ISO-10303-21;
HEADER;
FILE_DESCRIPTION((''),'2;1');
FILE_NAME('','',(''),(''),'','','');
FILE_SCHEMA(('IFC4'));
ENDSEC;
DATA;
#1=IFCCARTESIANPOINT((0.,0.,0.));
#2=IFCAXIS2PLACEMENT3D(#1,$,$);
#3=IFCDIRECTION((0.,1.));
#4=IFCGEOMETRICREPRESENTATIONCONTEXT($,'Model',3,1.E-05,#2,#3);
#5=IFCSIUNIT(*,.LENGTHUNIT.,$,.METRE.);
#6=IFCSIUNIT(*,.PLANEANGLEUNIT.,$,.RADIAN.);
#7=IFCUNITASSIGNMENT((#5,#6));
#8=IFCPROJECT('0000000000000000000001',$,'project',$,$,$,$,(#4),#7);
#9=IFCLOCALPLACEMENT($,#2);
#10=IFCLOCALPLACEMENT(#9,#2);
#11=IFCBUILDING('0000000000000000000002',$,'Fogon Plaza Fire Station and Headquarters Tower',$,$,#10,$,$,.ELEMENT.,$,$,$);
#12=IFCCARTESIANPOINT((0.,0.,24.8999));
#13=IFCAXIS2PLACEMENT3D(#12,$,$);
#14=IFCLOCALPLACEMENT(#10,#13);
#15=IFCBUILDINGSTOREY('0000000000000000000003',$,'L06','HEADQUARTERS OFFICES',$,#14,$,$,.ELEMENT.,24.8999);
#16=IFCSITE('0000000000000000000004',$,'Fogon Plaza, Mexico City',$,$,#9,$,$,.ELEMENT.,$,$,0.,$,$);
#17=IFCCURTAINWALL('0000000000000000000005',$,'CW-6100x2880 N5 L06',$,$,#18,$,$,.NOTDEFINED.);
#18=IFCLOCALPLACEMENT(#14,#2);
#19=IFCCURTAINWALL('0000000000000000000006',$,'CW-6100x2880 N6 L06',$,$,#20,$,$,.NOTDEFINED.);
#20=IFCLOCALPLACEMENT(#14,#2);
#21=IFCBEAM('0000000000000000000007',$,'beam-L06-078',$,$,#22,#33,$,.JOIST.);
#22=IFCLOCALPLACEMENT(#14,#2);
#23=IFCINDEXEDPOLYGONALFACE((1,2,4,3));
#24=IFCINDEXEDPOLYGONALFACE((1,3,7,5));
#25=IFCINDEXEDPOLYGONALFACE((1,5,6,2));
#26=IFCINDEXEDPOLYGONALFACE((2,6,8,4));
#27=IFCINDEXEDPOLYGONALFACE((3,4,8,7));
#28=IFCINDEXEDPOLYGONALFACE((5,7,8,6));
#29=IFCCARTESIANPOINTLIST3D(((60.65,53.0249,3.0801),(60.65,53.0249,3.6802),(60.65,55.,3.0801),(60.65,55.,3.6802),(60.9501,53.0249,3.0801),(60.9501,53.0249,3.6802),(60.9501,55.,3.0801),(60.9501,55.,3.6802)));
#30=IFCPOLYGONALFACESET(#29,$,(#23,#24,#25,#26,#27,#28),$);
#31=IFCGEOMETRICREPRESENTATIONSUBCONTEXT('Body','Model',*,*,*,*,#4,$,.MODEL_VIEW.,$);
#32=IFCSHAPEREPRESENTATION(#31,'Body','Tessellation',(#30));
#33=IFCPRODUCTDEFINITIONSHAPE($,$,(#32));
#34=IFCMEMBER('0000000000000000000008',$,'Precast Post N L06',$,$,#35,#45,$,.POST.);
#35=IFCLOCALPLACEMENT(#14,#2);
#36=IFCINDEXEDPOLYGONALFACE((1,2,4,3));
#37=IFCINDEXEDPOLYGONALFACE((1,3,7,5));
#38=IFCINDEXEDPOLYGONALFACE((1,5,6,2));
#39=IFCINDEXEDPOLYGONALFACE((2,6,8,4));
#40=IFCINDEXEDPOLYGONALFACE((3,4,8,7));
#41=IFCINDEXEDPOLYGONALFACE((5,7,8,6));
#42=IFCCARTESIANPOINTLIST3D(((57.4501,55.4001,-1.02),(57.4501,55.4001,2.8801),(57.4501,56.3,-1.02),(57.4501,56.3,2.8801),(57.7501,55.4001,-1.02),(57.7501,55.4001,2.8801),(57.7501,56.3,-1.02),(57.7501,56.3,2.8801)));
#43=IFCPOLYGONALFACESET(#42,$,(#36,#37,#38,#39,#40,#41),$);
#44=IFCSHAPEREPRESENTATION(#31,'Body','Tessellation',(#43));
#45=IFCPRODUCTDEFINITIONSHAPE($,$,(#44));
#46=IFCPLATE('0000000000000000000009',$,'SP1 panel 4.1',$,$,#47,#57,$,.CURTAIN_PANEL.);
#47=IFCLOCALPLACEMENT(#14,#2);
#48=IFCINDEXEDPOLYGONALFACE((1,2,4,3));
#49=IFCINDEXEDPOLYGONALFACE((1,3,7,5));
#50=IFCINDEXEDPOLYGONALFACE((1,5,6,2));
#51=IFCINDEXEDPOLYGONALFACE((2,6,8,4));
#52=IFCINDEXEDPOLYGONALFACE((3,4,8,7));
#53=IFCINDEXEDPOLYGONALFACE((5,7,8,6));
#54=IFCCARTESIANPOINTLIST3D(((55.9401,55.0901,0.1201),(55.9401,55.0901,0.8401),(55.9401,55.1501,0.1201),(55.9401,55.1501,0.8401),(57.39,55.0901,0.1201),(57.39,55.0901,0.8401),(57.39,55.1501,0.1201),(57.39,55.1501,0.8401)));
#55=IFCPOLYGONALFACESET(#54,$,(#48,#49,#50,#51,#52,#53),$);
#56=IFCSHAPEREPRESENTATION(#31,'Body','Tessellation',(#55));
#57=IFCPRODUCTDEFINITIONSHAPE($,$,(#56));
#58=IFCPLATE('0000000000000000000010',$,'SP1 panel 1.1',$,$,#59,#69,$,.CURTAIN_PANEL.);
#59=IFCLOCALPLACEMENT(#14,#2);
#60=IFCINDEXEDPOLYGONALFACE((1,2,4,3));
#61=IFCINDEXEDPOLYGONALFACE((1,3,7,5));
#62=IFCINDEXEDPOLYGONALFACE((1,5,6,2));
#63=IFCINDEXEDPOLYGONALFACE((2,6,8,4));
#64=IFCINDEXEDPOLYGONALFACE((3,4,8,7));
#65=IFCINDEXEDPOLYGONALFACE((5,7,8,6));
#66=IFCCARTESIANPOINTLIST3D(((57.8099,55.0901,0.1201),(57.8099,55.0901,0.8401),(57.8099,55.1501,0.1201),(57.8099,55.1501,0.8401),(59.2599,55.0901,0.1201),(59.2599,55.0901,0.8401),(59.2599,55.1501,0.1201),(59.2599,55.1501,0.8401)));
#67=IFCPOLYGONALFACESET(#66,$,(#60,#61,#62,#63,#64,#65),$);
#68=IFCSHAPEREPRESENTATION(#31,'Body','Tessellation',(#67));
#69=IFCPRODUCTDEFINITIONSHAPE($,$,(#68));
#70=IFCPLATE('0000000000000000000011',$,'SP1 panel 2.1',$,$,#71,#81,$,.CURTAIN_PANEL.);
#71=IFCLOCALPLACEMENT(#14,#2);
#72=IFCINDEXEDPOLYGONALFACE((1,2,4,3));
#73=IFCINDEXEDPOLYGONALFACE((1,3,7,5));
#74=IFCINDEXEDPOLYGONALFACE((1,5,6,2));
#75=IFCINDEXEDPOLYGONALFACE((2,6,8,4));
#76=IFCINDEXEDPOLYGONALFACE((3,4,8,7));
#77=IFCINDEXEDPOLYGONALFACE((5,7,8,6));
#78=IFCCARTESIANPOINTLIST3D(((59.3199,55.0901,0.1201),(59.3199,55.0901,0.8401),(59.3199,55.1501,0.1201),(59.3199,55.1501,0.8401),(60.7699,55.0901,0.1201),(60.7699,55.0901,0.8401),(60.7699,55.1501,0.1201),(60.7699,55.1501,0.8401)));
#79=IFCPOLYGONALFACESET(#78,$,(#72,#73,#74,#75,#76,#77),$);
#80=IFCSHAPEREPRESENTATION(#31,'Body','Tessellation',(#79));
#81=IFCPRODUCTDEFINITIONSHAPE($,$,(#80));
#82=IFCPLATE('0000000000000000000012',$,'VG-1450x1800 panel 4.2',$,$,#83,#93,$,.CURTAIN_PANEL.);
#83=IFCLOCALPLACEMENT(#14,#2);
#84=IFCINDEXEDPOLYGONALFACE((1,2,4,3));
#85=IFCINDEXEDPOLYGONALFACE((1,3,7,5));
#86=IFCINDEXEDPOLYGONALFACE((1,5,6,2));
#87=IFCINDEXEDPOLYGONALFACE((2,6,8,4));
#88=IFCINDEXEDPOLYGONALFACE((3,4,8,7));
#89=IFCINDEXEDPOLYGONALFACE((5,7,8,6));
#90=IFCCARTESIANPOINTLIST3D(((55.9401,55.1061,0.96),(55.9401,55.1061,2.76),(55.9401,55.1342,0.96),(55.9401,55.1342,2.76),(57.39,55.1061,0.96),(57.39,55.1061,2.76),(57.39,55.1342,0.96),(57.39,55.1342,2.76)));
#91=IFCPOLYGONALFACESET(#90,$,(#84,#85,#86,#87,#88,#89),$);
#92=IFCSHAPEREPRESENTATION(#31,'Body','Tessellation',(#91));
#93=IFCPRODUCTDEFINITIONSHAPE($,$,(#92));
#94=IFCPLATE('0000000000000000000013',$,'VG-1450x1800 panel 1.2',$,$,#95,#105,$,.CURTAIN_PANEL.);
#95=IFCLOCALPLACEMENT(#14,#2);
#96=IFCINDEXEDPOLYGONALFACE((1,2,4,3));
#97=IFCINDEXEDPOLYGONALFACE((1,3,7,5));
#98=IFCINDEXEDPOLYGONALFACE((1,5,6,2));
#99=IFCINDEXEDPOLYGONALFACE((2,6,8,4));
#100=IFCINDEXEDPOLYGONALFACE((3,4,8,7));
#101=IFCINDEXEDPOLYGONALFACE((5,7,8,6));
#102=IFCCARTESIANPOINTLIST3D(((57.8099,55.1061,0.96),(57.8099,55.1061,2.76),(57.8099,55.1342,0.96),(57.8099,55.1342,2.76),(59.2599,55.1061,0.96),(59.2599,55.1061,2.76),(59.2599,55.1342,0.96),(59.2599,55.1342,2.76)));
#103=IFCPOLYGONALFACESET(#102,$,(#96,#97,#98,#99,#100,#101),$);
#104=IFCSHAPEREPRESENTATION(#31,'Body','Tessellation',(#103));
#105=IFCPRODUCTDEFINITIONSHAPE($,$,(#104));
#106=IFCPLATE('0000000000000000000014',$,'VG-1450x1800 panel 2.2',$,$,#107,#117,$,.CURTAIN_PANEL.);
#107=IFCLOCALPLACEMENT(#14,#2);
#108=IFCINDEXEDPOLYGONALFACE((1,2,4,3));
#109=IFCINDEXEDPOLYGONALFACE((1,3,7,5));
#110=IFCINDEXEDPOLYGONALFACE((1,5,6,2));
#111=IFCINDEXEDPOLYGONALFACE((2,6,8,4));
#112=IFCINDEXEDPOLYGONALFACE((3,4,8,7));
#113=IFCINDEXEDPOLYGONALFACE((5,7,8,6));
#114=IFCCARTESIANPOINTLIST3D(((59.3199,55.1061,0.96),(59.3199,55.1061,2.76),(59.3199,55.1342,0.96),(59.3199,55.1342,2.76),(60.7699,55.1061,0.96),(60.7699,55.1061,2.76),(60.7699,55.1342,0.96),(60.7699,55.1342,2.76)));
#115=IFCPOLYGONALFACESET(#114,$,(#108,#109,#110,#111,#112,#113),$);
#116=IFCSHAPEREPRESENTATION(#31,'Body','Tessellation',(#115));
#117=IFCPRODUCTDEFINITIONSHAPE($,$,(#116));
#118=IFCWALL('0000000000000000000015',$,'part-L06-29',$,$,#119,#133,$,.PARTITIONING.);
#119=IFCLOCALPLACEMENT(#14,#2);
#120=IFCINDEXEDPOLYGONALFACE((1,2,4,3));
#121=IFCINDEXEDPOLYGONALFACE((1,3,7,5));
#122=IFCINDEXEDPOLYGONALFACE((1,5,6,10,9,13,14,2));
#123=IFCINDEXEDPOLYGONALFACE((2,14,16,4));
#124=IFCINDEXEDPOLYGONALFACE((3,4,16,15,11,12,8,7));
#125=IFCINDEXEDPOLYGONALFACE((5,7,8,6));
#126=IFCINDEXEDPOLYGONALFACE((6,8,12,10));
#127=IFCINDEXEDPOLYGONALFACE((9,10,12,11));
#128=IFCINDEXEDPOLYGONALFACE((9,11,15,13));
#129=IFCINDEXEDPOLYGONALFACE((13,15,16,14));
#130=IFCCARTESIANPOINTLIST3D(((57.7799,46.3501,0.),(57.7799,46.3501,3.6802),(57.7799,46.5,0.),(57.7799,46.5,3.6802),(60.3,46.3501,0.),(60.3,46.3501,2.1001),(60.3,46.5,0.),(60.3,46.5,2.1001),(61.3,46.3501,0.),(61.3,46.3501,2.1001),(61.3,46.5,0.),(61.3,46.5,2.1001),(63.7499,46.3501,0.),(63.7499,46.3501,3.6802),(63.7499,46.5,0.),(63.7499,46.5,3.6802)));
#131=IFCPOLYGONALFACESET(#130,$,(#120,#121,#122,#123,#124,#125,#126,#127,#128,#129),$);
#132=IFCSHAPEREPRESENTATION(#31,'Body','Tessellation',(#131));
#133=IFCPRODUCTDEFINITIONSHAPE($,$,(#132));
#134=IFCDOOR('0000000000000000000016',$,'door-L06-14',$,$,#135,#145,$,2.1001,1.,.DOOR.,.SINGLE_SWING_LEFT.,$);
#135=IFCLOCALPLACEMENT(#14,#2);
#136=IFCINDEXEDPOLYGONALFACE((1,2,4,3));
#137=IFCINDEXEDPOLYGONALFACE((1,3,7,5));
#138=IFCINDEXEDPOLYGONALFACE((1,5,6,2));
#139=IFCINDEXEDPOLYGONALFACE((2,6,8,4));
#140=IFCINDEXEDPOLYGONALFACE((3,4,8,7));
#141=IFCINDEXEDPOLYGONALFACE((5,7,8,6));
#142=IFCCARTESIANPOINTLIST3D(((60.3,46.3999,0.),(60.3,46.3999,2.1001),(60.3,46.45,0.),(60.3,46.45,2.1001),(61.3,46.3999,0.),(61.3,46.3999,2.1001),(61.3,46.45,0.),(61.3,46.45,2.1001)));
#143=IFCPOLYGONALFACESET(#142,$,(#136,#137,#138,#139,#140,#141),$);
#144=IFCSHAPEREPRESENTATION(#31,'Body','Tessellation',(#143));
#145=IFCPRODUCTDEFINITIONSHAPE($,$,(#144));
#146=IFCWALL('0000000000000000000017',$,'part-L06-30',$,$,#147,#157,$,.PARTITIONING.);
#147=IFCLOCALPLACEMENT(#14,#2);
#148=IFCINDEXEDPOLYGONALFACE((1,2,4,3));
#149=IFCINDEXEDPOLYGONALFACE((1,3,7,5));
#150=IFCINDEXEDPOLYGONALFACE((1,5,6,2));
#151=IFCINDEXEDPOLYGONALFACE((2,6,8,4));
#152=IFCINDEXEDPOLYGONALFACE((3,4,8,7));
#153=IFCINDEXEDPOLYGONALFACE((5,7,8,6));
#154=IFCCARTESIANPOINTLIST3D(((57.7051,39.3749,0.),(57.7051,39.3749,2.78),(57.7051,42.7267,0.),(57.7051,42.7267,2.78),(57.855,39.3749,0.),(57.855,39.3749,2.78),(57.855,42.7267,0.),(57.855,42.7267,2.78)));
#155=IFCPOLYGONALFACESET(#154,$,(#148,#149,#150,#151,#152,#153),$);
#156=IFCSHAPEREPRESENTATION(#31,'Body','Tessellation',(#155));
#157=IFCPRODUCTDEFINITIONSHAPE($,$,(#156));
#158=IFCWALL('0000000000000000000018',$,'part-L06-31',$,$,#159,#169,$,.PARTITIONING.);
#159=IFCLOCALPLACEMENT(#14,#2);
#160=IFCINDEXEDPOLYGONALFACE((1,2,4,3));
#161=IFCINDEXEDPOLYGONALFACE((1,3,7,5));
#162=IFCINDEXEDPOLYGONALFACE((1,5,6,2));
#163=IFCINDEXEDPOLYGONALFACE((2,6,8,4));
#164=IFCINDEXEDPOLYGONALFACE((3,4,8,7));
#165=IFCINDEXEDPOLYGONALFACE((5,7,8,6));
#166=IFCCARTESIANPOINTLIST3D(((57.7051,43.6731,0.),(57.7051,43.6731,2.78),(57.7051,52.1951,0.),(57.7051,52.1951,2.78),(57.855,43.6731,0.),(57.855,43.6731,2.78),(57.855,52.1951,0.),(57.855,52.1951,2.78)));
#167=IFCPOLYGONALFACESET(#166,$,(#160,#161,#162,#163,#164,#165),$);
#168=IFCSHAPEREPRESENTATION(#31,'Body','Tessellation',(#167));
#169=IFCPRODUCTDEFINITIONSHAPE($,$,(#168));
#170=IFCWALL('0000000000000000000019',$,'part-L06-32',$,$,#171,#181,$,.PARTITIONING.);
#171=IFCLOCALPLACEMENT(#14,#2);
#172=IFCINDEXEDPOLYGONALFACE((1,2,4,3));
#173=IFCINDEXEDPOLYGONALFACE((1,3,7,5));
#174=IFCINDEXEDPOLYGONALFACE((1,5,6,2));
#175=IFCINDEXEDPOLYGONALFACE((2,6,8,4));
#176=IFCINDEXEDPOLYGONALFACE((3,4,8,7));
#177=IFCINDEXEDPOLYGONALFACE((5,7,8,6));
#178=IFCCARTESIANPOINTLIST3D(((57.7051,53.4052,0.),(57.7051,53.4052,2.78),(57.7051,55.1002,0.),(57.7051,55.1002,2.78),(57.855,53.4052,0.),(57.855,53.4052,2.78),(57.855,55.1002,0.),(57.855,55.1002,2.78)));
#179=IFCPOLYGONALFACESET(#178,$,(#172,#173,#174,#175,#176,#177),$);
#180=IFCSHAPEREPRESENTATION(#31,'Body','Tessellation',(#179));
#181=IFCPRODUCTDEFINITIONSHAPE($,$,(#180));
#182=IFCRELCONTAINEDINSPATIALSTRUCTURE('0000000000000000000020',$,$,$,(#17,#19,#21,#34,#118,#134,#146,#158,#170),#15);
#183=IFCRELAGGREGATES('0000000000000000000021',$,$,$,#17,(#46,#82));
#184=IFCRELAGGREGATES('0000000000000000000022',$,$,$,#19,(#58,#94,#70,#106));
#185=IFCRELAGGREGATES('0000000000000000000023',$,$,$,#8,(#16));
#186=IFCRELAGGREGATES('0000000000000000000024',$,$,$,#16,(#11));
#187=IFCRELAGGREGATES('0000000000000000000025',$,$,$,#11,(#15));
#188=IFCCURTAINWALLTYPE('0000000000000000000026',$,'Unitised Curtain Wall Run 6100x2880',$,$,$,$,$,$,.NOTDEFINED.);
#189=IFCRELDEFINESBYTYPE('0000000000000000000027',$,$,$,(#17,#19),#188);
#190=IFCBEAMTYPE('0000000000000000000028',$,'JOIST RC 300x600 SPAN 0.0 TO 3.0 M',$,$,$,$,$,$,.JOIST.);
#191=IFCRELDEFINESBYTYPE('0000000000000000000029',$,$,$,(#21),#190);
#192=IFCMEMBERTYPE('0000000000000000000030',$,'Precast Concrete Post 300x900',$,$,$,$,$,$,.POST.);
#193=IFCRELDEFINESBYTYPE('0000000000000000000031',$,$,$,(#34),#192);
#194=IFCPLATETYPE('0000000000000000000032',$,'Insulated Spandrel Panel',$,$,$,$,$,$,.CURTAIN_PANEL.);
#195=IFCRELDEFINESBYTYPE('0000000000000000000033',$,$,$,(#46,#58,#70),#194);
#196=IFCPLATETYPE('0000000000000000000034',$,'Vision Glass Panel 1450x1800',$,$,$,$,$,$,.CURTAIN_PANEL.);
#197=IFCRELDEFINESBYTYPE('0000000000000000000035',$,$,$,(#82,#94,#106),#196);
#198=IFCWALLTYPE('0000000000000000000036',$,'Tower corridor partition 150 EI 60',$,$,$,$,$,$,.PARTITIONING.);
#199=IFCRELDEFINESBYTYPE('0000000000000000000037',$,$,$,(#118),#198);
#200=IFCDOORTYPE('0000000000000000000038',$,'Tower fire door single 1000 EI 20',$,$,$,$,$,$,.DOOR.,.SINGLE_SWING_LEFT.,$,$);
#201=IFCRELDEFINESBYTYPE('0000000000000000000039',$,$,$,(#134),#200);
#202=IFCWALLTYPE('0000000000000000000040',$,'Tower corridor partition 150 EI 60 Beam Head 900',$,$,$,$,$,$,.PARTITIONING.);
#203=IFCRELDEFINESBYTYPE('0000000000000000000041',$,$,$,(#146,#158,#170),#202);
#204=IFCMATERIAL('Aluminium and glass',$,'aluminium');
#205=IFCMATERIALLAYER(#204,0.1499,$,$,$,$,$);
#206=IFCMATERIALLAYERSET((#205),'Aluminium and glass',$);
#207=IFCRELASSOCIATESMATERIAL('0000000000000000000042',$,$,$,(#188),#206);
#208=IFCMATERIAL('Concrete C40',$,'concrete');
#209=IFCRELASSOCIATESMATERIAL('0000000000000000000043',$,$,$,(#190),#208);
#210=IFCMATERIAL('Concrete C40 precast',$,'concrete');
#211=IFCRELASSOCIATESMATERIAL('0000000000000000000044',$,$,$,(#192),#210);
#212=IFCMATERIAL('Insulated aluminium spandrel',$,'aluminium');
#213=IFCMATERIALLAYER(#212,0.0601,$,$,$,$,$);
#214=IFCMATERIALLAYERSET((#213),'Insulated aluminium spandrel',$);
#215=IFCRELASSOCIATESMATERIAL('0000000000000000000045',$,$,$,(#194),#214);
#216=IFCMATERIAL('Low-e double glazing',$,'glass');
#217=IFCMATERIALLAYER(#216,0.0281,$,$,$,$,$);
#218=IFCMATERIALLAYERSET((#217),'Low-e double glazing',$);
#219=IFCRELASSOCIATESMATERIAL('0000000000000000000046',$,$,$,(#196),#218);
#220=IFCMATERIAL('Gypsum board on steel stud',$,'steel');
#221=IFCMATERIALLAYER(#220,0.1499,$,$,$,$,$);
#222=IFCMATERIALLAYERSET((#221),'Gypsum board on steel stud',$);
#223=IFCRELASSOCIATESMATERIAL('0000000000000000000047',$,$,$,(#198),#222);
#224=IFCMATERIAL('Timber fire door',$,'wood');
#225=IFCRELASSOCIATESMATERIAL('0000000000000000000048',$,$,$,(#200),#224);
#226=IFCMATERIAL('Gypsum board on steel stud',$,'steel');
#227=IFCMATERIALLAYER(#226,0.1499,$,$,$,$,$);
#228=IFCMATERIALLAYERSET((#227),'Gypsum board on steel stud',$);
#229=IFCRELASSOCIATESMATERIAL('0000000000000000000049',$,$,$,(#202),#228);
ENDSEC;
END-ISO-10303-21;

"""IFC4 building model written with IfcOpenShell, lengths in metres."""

from ifc_helpers import new_model, si_unit, direction, frame, frame_2d, origin, origin_2d, place, context, subcontext, project, spatial, rectangle, extrude, material, layer, layer_set, material_profile, profile_set, type_object, element, fill, aggregate, save


model = new_model("IFC4")

# Units and contexts
model_context = context("Model", 3, precision=1e-05, world=origin(), true_north=direction((0.0, 1.0)))
body_context = subcontext(model_context, "Body", "Model", "MODEL_VIEW")
ifc_project = project(units=[si_unit("LENGTHUNIT", "METRE"), si_unit("PLANEANGLEUNIT", "RADIAN")], contexts=[model_context])

# Site, building, storey
site_placement = place(None, origin())
site = spatial("IfcSite", under=ifc_project, at=site_placement, Name="Fogon Plaza, Mexico City", CompositionType="ELEMENT", RefElevation=0.0)
building_placement = place(site_placement, origin())
building = spatial("IfcBuilding", under=site, at=building_placement, Name="Fogon Plaza Fire Station and Headquarters Tower", CompositionType="ELEMENT")
storey_placement = place(building_placement, frame((0.0, 0.0, 24.8999)))
storey = spatial("IfcBuildingStorey", under=building, at=storey_placement, Name="L06", Description="HEADQUARTERS OFFICES", CompositionType="ELEMENT", Elevation=24.8999)

# Curtain walls
ifc_material_1 = material(Name="Aluminium and glass", Category="aluminium")
ifc_layer_1 = layer(ifc_material_1, 0.1499)
ifc_layer_set_1 = layer_set([ifc_layer_1], Name="Aluminium and glass")
curtain_wall_type = type_object("IfcCurtainWallType", Name="Unitised Curtain Wall Run 6100x2880", PredefinedType="NOTDEFINED", material=ifc_layer_set_1)
curtain_wall_1_placement = place(storey_placement, origin())
curtain_wall_1 = element("IfcCurtainWall", 1, at=curtain_wall_1_placement, inside=storey, type_object=curtain_wall_type, Name="CW-6100x2880 N5 L06", PredefinedType="NOTDEFINED")
curtain_wall_2_placement = place(storey_placement, origin())
curtain_wall_2 = element("IfcCurtainWall", 2, at=curtain_wall_2_placement, inside=storey, type_object=curtain_wall_type, Name="CW-6100x2880 N6 L06", PredefinedType="NOTDEFINED")

# Beam
ifc_material_2 = material(Name="Concrete C40", Category="concrete")
ifc_material_profile_1 = material_profile(ifc_material_2, rectangle(XDim=0.3, YDim=0.6001, at=origin_2d()), Name="RC 300x600")
ifc_profile_set_1 = profile_set([ifc_material_profile_1], Name="Concrete C40")
beam_type_1 = type_object("IfcBeamType", Name="JOIST RC 300x600 SPAN 0.0 TO 3.0 M", PredefinedType="JOIST", material=ifc_profile_set_1)
beam_1_placement = place(storey_placement, frame((60.8, 53.0249, 3.3801), z_axis=(0.0, 1.0, 0.0), x_axis=(-1.0, 0.0, 0.0)))
element("IfcBeam", 3, at=beam_1_placement, inside=storey, type_object=beam_type_1, Name="beam-L06-078", PredefinedType="JOIST", context=body_context, shape_type="SweptSolid", body=[
    extrude(rectangle(XDim=0.3, YDim=0.6001, at=origin_2d()), origin(), (0.0, 0.0, 1.0), 1.9751),
])

# Member
ifc_material_3 = material(Name="Concrete C40 precast", Category="concrete")
ifc_material_profile_2 = material_profile(ifc_material_3, rectangle(XDim=0.3, YDim=0.8999, at=origin_2d()), Name="Precast Concrete Post 300x900")
ifc_profile_set_2 = profile_set([ifc_material_profile_2], Name="Concrete C40 precast")
member_type_1 = type_object("IfcMemberType", Name="Precast Concrete Post 300x900", PredefinedType="POST", material=ifc_profile_set_2)
member_1_placement = place(storey_placement, frame((57.6001, 55.8501, -1.02), z_axis=(0.0, 0.0, 1.0), x_axis=(1.0, 0.0, 0.0)))
element("IfcMember", 4, at=member_1_placement, inside=storey, type_object=member_type_1, Name="Precast Post N L06", PredefinedType="POST", context=body_context, shape_type="SweptSolid", body=[
    extrude(rectangle(XDim=0.3, YDim=0.8999, at=origin_2d()), origin(), (0.0, 0.0, 1.0), 3.9001),
])

# Plates
ifc_material_4 = material(Name="Insulated aluminium spandrel", Category="aluminium")
ifc_layer_2 = layer(ifc_material_4, 0.0601)
ifc_layer_set_2 = layer_set([ifc_layer_2], Name="Insulated aluminium spandrel")
plate_type_1 = type_object("IfcPlateType", Name="Insulated Spandrel Panel", PredefinedType="CURTAIN_PANEL", material=ifc_layer_set_2)
plate_1_placement = place(storey_placement, frame((56.665, 55.1201, 0.1201), z_axis=(0.0, 0.0, 1.0), x_axis=(1.0, 0.0, 0.0)))
plate_1 = element("IfcPlate", 5, at=plate_1_placement, type_object=plate_type_1, Name="SP1 panel 4.1", PredefinedType="CURTAIN_PANEL", context=body_context, shape_type="SweptSolid", body=[
    extrude(rectangle(XDim=1.45, YDim=0.0601, at=origin_2d()), origin(), (0.0, 0.0, 1.0), 0.72),
])
plate_2_placement = place(storey_placement, frame((58.5349, 55.1201, 0.1201), z_axis=(0.0, 0.0, 1.0), x_axis=(1.0, 0.0, 0.0)))
plate_2 = element("IfcPlate", 6, at=plate_2_placement, type_object=plate_type_1, Name="SP1 panel 1.1", PredefinedType="CURTAIN_PANEL", context=body_context, shape_type="SweptSolid", body=[
    extrude(rectangle(XDim=1.45, YDim=0.0601, at=origin_2d()), origin(), (0.0, 0.0, 1.0), 0.72),
])
plate_3_placement = place(storey_placement, frame((60.0449, 55.1201, 0.1201), z_axis=(0.0, 0.0, 1.0), x_axis=(1.0, 0.0, 0.0)))
plate_3 = element("IfcPlate", 7, at=plate_3_placement, type_object=plate_type_1, Name="SP1 panel 2.1", PredefinedType="CURTAIN_PANEL", context=body_context, shape_type="SweptSolid", body=[
    extrude(rectangle(XDim=1.45, YDim=0.0601, at=origin_2d()), origin(), (0.0, 0.0, 1.0), 0.72),
])
ifc_material_5 = material(Name="Low-e double glazing", Category="glass")
ifc_layer_3 = layer(ifc_material_5, 0.0281)
ifc_layer_set_3 = layer_set([ifc_layer_3], Name="Low-e double glazing")
plate_type_2 = type_object("IfcPlateType", Name="Vision Glass Panel 1450x1800", PredefinedType="CURTAIN_PANEL", material=ifc_layer_set_3)
plate_4_placement = place(storey_placement, frame((56.665, 55.1201, 0.96), z_axis=(0.0, 0.0, 1.0), x_axis=(1.0, 0.0, 0.0)))
plate_4 = element("IfcPlate", 8, at=plate_4_placement, type_object=plate_type_2, Name="VG-1450x1800 panel 4.2", PredefinedType="CURTAIN_PANEL", context=body_context, shape_type="SweptSolid", body=[
    extrude(rectangle(XDim=1.45, YDim=0.0281, at=origin_2d()), origin(), (0.0, 0.0, 1.0), 1.8),
])
aggregate(curtain_wall_1, [plate_1, plate_4])
plate_5_placement = place(storey_placement, frame((58.5349, 55.1201, 0.96), z_axis=(0.0, 0.0, 1.0), x_axis=(1.0, 0.0, 0.0)))
plate_5 = element("IfcPlate", 9, at=plate_5_placement, type_object=plate_type_2, Name="VG-1450x1800 panel 1.2", PredefinedType="CURTAIN_PANEL", context=body_context, shape_type="SweptSolid", body=[
    extrude(rectangle(XDim=1.45, YDim=0.0281, at=origin_2d()), origin(), (0.0, 0.0, 1.0), 1.8),
])
plate_6_placement = place(storey_placement, frame((60.0449, 55.1201, 0.96), z_axis=(0.0, 0.0, 1.0), x_axis=(1.0, 0.0, 0.0)))
plate_6 = element("IfcPlate", 10, at=plate_6_placement, type_object=plate_type_2, Name="VG-1450x1800 panel 2.2", PredefinedType="CURTAIN_PANEL", context=body_context, shape_type="SweptSolid", body=[
    extrude(rectangle(XDim=1.45, YDim=0.0281, at=origin_2d()), origin(), (0.0, 0.0, 1.0), 1.8),
])
aggregate(curtain_wall_2, [plate_2, plate_5, plate_3, plate_6])

# Wall, opening, door
ifc_material_6 = material(Name="Gypsum board on steel stud", Category="steel")
ifc_layer_4 = layer(ifc_material_6, 0.1499)
ifc_layer_set_4 = layer_set([ifc_layer_4], Name="Gypsum board on steel stud")
wall_type_1 = type_object("IfcWallType", Name="Tower corridor partition 150 EI 60", PredefinedType="PARTITIONING", material=ifc_layer_set_4)
wall_1_placement = place(storey_placement, frame((57.78, 46.425, 0.0), z_axis=(0.0, 0.0, 1.0), x_axis=(1.0, 0.0, 0.0)))
wall_1 = element("IfcWall", 11, at=wall_1_placement, inside=storey, type_object=wall_type_1, Name="part-L06-29", PredefinedType="PARTITIONING", context=body_context, shape_type="SweptSolid", body=[
    extrude(rectangle(XDim=5.97, YDim=0.1499, at=frame_2d((2.9849, 0.0))), origin(), (0.0, 0.0, 1.0), 3.6802),
])
opening_placement = place(wall_1_placement, frame((2.52, 0.0, 0.0)))
opening = element("IfcOpeningElement", 12, at=opening_placement, cuts=wall_1, PredefinedType="OPENING", context=body_context, shape_type="SweptSolid", body=[
    extrude(rectangle(XDim=1.0, YDim=2.1001, at=frame_2d((0.5, 1.05))), frame((0.0, 0.085, 0.0), z_axis=(0.0, -1.0, 0.0), x_axis=(1.0, 0.0, 0.0)), (0.0, 0.0, 1.0), 0.1699),
])
ifc_material_7 = material(Name="Timber fire door", Category="wood")
door_type = type_object("IfcDoorType", Name="Tower fire door single 1000 EI 20", OperationType="SINGLE_SWING_LEFT", PredefinedType="DOOR", material=ifc_material_7)
door_placement = place(opening_placement, origin())
door = element("IfcDoor", 13, at=door_placement, inside=storey, type_object=door_type, Name="door-L06-14", OperationType="SINGLE_SWING_LEFT", OverallHeight=2.1001, OverallWidth=1.0, PredefinedType="DOOR", context=body_context, shape_type="SweptSolid", body=[
    extrude(rectangle(XDim=1.0, YDim=2.1001, at=frame_2d((0.5, 1.05))), frame((0.0, 0.0249, 0.0), z_axis=(0.0, -1.0, 0.0), x_axis=(1.0, 0.0, 0.0)), (0.0, 0.0, 1.0), 0.05),
])
fill(opening, door)

# Walls
ifc_material_8 = material(Name="Gypsum board on steel stud", Category="steel")
ifc_layer_5 = layer(ifc_material_8, 0.1499)
ifc_layer_set_5 = layer_set([ifc_layer_5], Name="Gypsum board on steel stud")
wall_type_2 = type_object("IfcWallType", Name="Tower corridor partition 150 EI 60 Beam Head 900", PredefinedType="PARTITIONING", material=ifc_layer_set_5)
wall_2_placement = place(storey_placement, frame((57.78, 39.375, 0.0), z_axis=(0.0, 0.0, 1.0), x_axis=(0.0, 1.0, 0.0)))
element("IfcWall", 14, at=wall_2_placement, inside=storey, type_object=wall_type_2, Name="part-L06-30", PredefinedType="PARTITIONING", context=body_context, shape_type="SweptSolid", body=[
    extrude(rectangle(XDim=3.3518, YDim=0.1499, at=frame_2d((1.6758, 0.0))), origin(), (0.0, 0.0, 1.0), 2.78),
])
wall_3_placement = place(storey_placement, frame((57.78, 43.6731, 0.0), z_axis=(0.0, 0.0, 1.0), x_axis=(0.0, 1.0, 0.0)))
element("IfcWall", 15, at=wall_3_placement, inside=storey, type_object=wall_type_2, Name="part-L06-31", PredefinedType="PARTITIONING", context=body_context, shape_type="SweptSolid", body=[
    extrude(rectangle(XDim=8.522, YDim=0.1499, at=frame_2d((4.261, 0.0))), origin(), (0.0, 0.0, 1.0), 2.78),
])
wall_4_placement = place(storey_placement, frame((57.78, 53.405, 0.0), z_axis=(0.0, 0.0, 1.0), x_axis=(0.0, 1.0, 0.0)))
element("IfcWall", 16, at=wall_4_placement, inside=storey, type_object=wall_type_2, Name="part-L06-32", PredefinedType="PARTITIONING", context=body_context, shape_type="SweptSolid", body=[
    extrude(rectangle(XDim=1.6951, YDim=0.1499, at=frame_2d((0.8477, 0.0))), origin(), (0.0, 0.0, 1.0), 2.78),
])

save(model, "model.ifc")
